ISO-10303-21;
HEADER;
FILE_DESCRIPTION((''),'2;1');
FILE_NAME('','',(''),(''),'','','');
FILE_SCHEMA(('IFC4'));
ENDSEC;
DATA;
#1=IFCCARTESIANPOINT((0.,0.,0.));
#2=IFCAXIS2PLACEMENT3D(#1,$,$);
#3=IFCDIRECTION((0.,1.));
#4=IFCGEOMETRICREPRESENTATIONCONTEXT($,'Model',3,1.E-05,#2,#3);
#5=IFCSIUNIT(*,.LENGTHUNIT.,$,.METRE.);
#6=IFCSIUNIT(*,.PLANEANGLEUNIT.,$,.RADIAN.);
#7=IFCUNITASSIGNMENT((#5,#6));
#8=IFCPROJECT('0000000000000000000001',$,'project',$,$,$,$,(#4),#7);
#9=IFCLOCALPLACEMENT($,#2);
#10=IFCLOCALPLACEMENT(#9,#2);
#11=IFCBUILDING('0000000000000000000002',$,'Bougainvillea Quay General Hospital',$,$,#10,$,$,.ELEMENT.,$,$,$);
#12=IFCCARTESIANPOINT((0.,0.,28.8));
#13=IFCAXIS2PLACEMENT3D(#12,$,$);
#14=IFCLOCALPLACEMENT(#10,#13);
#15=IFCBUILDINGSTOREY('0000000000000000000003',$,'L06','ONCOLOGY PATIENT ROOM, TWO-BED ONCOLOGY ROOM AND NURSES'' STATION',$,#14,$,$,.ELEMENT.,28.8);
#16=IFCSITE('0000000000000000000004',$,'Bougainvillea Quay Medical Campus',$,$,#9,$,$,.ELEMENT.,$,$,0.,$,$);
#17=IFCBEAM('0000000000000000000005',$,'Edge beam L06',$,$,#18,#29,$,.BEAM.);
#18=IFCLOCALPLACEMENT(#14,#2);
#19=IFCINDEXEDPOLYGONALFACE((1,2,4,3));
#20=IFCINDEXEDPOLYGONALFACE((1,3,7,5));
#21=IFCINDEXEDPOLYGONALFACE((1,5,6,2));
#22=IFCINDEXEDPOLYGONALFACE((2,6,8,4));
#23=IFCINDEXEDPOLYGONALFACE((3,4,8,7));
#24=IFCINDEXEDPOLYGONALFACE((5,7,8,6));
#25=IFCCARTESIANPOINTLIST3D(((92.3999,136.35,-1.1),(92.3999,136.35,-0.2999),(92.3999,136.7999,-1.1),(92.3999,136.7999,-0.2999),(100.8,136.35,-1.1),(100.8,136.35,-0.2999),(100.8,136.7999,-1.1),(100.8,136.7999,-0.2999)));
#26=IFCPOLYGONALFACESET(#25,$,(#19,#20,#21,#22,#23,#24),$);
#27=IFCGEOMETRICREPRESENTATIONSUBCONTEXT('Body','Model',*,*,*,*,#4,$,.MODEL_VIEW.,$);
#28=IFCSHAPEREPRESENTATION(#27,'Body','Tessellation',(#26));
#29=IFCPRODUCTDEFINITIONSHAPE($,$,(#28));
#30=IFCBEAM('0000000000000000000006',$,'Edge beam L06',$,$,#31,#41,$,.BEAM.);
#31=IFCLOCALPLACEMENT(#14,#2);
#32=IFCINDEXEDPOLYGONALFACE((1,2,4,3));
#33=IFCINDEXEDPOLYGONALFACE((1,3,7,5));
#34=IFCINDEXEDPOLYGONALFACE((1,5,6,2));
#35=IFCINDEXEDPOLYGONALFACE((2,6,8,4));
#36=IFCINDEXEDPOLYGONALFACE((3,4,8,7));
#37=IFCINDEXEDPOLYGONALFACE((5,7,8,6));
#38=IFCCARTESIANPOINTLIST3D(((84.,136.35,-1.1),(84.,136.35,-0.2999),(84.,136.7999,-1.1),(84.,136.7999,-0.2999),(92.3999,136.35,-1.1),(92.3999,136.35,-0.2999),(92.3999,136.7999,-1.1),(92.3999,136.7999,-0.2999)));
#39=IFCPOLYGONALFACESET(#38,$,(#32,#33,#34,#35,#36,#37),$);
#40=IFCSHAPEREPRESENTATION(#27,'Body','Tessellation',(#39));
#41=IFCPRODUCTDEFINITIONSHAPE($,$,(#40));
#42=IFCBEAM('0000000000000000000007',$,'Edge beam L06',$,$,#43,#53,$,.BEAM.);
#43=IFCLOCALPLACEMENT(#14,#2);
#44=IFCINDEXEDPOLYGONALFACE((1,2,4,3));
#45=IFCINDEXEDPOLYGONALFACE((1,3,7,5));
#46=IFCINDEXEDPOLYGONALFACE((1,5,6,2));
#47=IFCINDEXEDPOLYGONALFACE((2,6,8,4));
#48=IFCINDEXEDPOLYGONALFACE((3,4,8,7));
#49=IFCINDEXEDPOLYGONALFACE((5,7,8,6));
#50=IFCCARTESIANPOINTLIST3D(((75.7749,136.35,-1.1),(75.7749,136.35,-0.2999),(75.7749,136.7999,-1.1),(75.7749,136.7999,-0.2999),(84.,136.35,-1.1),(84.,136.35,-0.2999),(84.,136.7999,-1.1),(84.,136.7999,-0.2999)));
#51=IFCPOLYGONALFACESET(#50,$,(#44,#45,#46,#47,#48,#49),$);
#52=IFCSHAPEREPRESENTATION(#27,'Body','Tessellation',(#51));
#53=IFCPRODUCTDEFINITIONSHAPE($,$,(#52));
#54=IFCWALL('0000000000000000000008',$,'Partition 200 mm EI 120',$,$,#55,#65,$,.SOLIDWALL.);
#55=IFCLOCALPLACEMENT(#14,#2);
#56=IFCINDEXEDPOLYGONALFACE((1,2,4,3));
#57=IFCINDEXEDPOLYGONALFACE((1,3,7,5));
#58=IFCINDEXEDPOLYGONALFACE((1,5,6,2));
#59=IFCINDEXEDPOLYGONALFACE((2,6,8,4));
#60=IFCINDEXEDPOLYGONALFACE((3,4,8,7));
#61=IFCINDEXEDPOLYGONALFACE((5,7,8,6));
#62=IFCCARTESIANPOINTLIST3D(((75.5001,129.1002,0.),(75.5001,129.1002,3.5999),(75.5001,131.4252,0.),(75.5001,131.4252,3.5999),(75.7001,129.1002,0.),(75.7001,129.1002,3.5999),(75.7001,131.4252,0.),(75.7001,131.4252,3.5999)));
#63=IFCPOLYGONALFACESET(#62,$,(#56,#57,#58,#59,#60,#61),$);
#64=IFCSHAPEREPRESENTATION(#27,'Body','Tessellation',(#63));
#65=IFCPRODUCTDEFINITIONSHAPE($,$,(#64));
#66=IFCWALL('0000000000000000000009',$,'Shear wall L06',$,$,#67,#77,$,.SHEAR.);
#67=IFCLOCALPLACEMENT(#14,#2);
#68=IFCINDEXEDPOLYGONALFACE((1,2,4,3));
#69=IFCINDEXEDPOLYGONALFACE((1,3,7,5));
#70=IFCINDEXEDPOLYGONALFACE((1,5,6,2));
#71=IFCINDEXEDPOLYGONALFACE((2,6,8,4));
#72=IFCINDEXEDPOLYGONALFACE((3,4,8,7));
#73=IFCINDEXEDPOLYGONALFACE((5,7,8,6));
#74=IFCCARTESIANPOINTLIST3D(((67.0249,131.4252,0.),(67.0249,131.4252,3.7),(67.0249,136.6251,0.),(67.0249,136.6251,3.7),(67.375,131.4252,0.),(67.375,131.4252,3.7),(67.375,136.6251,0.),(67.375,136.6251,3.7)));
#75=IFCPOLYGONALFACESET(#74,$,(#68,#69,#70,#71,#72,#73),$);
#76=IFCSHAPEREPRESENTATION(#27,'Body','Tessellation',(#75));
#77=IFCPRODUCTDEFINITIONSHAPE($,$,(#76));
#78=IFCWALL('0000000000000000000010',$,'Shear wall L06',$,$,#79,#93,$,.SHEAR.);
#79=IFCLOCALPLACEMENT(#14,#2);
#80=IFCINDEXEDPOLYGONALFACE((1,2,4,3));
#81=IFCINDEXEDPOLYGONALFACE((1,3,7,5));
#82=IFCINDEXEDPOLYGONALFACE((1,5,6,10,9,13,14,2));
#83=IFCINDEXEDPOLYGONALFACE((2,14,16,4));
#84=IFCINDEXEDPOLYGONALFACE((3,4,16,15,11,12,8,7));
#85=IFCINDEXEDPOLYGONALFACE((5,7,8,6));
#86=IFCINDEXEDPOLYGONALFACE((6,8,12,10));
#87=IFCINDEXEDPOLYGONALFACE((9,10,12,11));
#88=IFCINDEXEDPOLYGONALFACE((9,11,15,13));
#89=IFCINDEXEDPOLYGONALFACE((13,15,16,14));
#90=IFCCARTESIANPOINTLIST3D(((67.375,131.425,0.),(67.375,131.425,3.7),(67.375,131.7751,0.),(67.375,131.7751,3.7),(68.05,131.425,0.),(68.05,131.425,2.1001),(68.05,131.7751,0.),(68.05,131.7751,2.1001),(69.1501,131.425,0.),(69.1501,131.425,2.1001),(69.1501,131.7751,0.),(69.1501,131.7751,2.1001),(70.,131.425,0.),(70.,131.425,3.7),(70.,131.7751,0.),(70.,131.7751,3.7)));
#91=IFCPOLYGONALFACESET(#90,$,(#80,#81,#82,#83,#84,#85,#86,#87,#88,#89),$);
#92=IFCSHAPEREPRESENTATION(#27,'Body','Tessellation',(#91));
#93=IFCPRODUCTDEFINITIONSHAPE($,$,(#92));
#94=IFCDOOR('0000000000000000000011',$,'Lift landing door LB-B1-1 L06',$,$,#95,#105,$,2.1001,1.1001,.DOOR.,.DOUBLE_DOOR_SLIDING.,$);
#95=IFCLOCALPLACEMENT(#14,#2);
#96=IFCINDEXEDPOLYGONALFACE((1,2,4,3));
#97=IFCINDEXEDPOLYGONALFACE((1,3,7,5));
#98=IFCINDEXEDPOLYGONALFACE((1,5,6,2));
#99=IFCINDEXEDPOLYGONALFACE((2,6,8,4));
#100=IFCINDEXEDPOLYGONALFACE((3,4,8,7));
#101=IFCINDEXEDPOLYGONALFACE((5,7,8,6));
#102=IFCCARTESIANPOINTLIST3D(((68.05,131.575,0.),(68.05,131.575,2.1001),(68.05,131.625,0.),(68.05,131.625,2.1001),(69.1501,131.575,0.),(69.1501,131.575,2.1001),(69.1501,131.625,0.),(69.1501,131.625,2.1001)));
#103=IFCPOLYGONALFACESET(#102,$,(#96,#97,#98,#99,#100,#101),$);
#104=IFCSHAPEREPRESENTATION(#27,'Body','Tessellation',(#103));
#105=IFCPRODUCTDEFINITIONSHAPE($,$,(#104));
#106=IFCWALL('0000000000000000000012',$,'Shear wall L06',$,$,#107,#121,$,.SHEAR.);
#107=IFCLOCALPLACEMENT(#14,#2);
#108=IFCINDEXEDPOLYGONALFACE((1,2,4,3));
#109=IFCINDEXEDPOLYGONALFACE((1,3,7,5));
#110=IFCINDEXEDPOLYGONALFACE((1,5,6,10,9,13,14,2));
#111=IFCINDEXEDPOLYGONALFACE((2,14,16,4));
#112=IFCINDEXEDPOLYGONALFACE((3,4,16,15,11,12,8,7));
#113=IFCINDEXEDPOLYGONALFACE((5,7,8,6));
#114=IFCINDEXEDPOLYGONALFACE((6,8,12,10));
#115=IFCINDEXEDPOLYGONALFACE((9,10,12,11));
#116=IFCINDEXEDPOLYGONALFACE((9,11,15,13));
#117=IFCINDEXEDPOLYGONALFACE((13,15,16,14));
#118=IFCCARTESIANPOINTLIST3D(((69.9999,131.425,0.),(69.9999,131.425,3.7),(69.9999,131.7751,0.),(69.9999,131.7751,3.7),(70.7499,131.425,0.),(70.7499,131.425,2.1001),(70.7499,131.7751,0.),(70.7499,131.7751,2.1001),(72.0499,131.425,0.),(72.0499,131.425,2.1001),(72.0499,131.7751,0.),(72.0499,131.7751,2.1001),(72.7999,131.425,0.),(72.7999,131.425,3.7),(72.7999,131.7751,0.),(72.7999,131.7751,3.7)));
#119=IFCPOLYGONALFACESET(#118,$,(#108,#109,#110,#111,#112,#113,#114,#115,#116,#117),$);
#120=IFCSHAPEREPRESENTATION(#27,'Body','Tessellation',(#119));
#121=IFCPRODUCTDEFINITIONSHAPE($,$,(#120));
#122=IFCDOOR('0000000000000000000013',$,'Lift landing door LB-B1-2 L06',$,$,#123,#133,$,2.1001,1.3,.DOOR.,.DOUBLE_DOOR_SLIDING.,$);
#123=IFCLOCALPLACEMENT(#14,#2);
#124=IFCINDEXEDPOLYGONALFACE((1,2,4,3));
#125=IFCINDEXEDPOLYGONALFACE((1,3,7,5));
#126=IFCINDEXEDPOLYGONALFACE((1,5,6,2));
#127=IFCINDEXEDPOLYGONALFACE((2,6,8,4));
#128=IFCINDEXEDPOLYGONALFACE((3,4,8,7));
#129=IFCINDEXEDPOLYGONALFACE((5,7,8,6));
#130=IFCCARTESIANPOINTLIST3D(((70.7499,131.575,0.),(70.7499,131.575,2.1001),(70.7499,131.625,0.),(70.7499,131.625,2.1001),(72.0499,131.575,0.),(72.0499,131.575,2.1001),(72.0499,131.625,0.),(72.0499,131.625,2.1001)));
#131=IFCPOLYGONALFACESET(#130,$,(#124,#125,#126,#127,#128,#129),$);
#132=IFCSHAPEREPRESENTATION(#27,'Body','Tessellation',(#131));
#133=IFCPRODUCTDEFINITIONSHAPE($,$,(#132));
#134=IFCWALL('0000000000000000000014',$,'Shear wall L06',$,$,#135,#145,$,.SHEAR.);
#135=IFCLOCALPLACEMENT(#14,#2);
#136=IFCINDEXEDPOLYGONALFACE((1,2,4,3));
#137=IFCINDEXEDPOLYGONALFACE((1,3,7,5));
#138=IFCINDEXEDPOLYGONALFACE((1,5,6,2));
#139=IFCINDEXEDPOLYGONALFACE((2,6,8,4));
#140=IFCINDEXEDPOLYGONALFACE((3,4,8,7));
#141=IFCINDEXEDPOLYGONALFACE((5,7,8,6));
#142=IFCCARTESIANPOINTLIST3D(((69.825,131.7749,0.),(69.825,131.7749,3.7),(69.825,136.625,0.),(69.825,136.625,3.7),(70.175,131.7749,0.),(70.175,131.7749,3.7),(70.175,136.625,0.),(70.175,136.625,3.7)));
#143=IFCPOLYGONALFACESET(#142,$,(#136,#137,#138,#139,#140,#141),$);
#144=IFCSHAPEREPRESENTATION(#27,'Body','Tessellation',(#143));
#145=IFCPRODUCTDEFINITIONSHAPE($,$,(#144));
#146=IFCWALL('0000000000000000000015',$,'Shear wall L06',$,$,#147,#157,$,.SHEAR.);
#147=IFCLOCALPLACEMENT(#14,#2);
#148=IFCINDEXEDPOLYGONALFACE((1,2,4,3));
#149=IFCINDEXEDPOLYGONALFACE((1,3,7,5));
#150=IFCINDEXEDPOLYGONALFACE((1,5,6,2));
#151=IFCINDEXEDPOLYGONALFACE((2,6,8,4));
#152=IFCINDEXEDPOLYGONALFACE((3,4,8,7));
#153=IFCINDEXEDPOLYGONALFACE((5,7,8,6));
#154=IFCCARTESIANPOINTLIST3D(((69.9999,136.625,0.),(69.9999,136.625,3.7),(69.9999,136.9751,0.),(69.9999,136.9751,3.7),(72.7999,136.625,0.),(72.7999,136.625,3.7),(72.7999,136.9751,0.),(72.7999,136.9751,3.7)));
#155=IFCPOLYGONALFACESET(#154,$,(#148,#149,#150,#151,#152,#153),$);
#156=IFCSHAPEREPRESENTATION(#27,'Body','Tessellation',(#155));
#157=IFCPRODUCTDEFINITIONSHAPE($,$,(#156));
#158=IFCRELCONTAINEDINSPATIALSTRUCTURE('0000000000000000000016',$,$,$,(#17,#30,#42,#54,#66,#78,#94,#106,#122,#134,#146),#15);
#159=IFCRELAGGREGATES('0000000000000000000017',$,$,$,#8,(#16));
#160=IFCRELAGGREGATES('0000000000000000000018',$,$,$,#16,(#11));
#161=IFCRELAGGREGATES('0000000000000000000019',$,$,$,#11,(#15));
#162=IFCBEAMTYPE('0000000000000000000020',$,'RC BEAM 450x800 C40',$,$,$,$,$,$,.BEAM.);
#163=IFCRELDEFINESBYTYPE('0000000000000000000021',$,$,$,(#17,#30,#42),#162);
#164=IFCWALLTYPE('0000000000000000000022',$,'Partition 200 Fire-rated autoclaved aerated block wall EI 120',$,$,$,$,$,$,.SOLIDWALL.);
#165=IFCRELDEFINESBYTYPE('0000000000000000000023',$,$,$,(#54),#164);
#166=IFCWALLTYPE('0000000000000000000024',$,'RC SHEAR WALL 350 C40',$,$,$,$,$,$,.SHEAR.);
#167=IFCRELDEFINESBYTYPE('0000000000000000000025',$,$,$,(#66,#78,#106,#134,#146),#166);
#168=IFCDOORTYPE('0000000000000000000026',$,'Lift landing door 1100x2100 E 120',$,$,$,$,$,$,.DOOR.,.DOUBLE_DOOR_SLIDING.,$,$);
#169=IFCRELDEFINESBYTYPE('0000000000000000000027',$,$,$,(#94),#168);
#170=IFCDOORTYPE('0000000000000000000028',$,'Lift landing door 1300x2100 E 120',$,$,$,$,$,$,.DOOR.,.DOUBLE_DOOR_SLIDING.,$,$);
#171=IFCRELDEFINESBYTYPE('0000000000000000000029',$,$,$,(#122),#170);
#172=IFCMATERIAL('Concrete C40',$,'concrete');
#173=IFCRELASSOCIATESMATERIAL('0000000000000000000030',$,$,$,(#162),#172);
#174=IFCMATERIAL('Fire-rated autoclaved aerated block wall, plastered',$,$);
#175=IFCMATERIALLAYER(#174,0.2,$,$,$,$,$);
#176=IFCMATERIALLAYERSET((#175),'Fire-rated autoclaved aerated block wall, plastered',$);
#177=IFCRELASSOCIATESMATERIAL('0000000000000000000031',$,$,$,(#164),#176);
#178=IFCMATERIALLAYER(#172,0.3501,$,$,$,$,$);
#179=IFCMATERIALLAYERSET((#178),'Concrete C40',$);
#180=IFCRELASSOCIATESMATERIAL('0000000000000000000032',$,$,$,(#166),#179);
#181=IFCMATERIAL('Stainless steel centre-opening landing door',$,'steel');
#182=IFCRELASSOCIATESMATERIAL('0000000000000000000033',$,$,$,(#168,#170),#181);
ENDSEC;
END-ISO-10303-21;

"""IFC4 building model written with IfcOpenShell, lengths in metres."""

from ifc_helpers import new_model, si_unit, direction, frame, frame_2d, origin, origin_2d, place, context, subcontext, project, spatial, rectangle, extrude, material, layer, layer_set, material_profile, profile_set, type_object, element, fill, save


model = new_model("IFC4")

# Units and contexts
model_context = context("Model", 3, precision=1e-05, world=origin(), true_north=direction((0.0, 1.0)))
body_context = subcontext(model_context, "Body", "Model", "MODEL_VIEW")
ifc_project = project(units=[si_unit("LENGTHUNIT", "METRE"), si_unit("PLANEANGLEUNIT", "RADIAN")], contexts=[model_context])

# Site, building, storey
site_placement = place(None, origin())
site = spatial("IfcSite", under=ifc_project, at=site_placement, Name="Bougainvillea Quay Medical Campus", CompositionType="ELEMENT", RefElevation=0.0)
building_placement = place(site_placement, origin())
building = spatial("IfcBuilding", under=site, at=building_placement, Name="Bougainvillea Quay General Hospital", CompositionType="ELEMENT")
storey_placement = place(building_placement, frame((0.0, 0.0, 28.8)))
storey = spatial("IfcBuildingStorey", under=building, at=storey_placement, Name="L06", Description="ONCOLOGY PATIENT ROOM, TWO-BED ONCOLOGY ROOM AND NURSES' STATION", CompositionType="ELEMENT", Elevation=28.8)

# Beams
ifc_material_1 = material(Name="Concrete C40", Category="concrete")
ifc_material_profile = material_profile(ifc_material_1, rectangle(XDim=0.45, YDim=0.8, at=origin_2d()))
ifc_profile_set = profile_set([ifc_material_profile], Name="Concrete C40")
beam_type = type_object("IfcBeamType", Name="RC BEAM 450x800 C40", PredefinedType="BEAM", material=ifc_profile_set)
beam_1_placement = place(storey_placement, frame((100.8, 136.575, -0.7), z_axis=(-1.0, 0.0, 0.0), x_axis=(0.0, -1.0, 0.0)))
element("IfcBeam", 1, at=beam_1_placement, inside=storey, type_object=beam_type, Name="Edge beam L06", PredefinedType="BEAM", context=body_context, shape_type="SweptSolid", body=[
    extrude(rectangle(XDim=0.45, YDim=0.8, at=origin_2d()), origin(), (0.0, 0.0, 1.0), 8.4001),
])
beam_2_placement = place(storey_placement, frame((92.3999, 136.575, -0.7), z_axis=(-1.0, 0.0, 0.0), x_axis=(0.0, -1.0, 0.0)))
element("IfcBeam", 2, at=beam_2_placement, inside=storey, type_object=beam_type, Name="Edge beam L06", PredefinedType="BEAM", context=body_context, shape_type="SweptSolid", body=[
    extrude(rectangle(XDim=0.45, YDim=0.8, at=origin_2d()), origin(), (0.0, 0.0, 1.0), 8.3999),
])
beam_3_placement = place(storey_placement, frame((84.0, 136.575, -0.7), z_axis=(-1.0, 0.0, 0.0), x_axis=(0.0, -1.0, 0.0)))
element("IfcBeam", 3, at=beam_3_placement, inside=storey, type_object=beam_type, Name="Edge beam L06", PredefinedType="BEAM", context=body_context, shape_type="SweptSolid", body=[
    extrude(rectangle(XDim=0.45, YDim=0.8, at=origin_2d()), origin(), (0.0, 0.0, 1.0), 8.2251),
])

# Walls
ifc_material_2 = material(Name="Fire-rated autoclaved aerated block wall, plastered")
ifc_layer_1 = layer(ifc_material_2, 0.2)
ifc_layer_set_1 = layer_set([ifc_layer_1], Name="Fire-rated autoclaved aerated block wall, plastered")
wall_type_1 = type_object("IfcWallType", Name="Partition 200 Fire-rated autoclaved aerated block wall EI 120", PredefinedType="SOLIDWALL", material=ifc_layer_set_1)
wall_1_placement = place(storey_placement, frame((75.6001, 129.1001, 0.0), z_axis=(0.0, 0.0, 1.0), x_axis=(0.0, 1.0, 0.0)))
element("IfcWall", 4, at=wall_1_placement, inside=storey, type_object=wall_type_1, Name="Partition 200 mm EI 120", PredefinedType="SOLIDWALL", context=body_context, shape_type="SweptSolid", body=[
    extrude(rectangle(XDim=2.325, YDim=0.2, at=frame_2d((1.1626, 0.0))), origin(), (0.0, 0.0, 1.0), 3.5999),
])
ifc_layer_2 = layer(ifc_material_1, 0.3501)
ifc_layer_set_2 = layer_set([ifc_layer_2], Name="Concrete C40")
wall_type_2 = type_object("IfcWallType", Name="RC SHEAR WALL 350 C40", PredefinedType="SHEAR", material=ifc_layer_set_2)
wall_2_placement = place(storey_placement, frame((67.2, 131.425, 0.0), z_axis=(0.0, 0.0, 1.0), x_axis=(0.0, 1.0, 0.0)))
element("IfcWall", 5, at=wall_2_placement, inside=storey, type_object=wall_type_2, Name="Shear wall L06", PredefinedType="SHEAR", context=body_context, shape_type="SweptSolid", body=[
    extrude(rectangle(XDim=5.2, YDim=0.3501, at=frame_2d((2.6001, 0.0))), origin(), (0.0, 0.0, 1.0), 3.7),
])

# Walls, openings, doors
wall_3_placement = place(storey_placement, frame((67.375, 131.6001, 0.0), z_axis=(0.0, 0.0, 1.0), x_axis=(1.0, 0.0, 0.0)))
wall_3 = element("IfcWall", 6, at=wall_3_placement, inside=storey, type_object=wall_type_2, Name="Shear wall L06", PredefinedType="SHEAR", context=body_context, shape_type="SweptSolid", body=[
    extrude(rectangle(XDim=2.625, YDim=0.3501, at=frame_2d((1.3125, 0.0))), origin(), (0.0, 0.0, 1.0), 3.7),
])
opening_1_placement = place(wall_3_placement, frame((0.675, 0.0, 0.0)))
opening_1 = element("IfcOpeningElement", 7, at=opening_1_placement, cuts=wall_3, PredefinedType="OPENING", context=body_context, shape_type="SweptSolid", body=[
    extrude(rectangle(XDim=1.1001, YDim=2.1001, at=frame_2d((0.55, 1.05))), frame((0.0, 0.1851, 0.0), z_axis=(0.0, -1.0, 0.0), x_axis=(1.0, 0.0, 0.0)), (0.0, 0.0, 1.0), 0.3701),
])
ifc_material_3 = material(Name="Stainless steel centre-opening landing door", Category="steel")
door_type_1 = type_object("IfcDoorType", Name="Lift landing door 1100x2100 E 120", OperationType="DOUBLE_DOOR_SLIDING", PredefinedType="DOOR", material=ifc_material_3)
door_1_placement = place(opening_1_placement, origin())
door_1 = element("IfcDoor", 8, at=door_1_placement, inside=storey, type_object=door_type_1, Name="Lift landing door LB-B1-1 L06", OperationType="DOUBLE_DOOR_SLIDING", OverallHeight=2.1001, OverallWidth=1.1001, PredefinedType="DOOR", context=body_context, shape_type="SweptSolid", body=[
    extrude(rectangle(XDim=1.1001, YDim=2.1001, at=frame_2d((0.55, 1.05))), frame((0.0, 0.0249, 0.0), z_axis=(0.0, -1.0, 0.0), x_axis=(1.0, 0.0, 0.0)), (0.0, 0.0, 1.0), 0.05),
])
fill(opening_1, door_1)
wall_4_placement = place(storey_placement, frame((70.0, 131.6001, 0.0), z_axis=(0.0, 0.0, 1.0), x_axis=(1.0, 0.0, 0.0)))
wall_4 = element("IfcWall", 9, at=wall_4_placement, inside=storey, type_object=wall_type_2, Name="Shear wall L06", PredefinedType="SHEAR", context=body_context, shape_type="SweptSolid", body=[
    extrude(rectangle(XDim=2.8, YDim=0.3501, at=frame_2d((1.3999, 0.0))), origin(), (0.0, 0.0, 1.0), 3.7),
])
opening_2_placement = place(wall_4_placement, frame((0.75, 0.0, 0.0)))
opening_2 = element("IfcOpeningElement", 10, at=opening_2_placement, cuts=wall_4, PredefinedType="OPENING", context=body_context, shape_type="SweptSolid", body=[
    extrude(rectangle(XDim=1.3, YDim=2.1001, at=frame_2d((0.6499, 1.05))), frame((0.0, 0.1851, 0.0), z_axis=(0.0, -1.0, 0.0), x_axis=(1.0, 0.0, 0.0)), (0.0, 0.0, 1.0), 0.3701),
])
door_type_2 = type_object("IfcDoorType", Name="Lift landing door 1300x2100 E 120", OperationType="DOUBLE_DOOR_SLIDING", PredefinedType="DOOR", material=ifc_material_3)
door_2_placement = place(opening_2_placement, origin())
door_2 = element("IfcDoor", 11, at=door_2_placement, inside=storey, type_object=door_type_2, Name="Lift landing door LB-B1-2 L06", OperationType="DOUBLE_DOOR_SLIDING", OverallHeight=2.1001, OverallWidth=1.3, PredefinedType="DOOR", context=body_context, shape_type="SweptSolid", body=[
    extrude(rectangle(XDim=1.3, YDim=2.1001, at=frame_2d((0.6499, 1.05))), frame((0.0, 0.0249, 0.0), z_axis=(0.0, -1.0, 0.0), x_axis=(1.0, 0.0, 0.0)), (0.0, 0.0, 1.0), 0.05),
])
fill(opening_2, door_2)

# Walls
wall_5_placement = place(storey_placement, frame((70.0, 131.7749, 0.0), z_axis=(0.0, 0.0, 1.0), x_axis=(0.0, 1.0, 0.0)))
element("IfcWall", 12, at=wall_5_placement, inside=storey, type_object=wall_type_2, Name="Shear wall L06", PredefinedType="SHEAR", context=body_context, shape_type="SweptSolid", body=[
    extrude(rectangle(XDim=4.8501, YDim=0.3501, at=frame_2d((2.425, 0.0))), origin(), (0.0, 0.0, 1.0), 3.7),
])
wall_6_placement = place(storey_placement, frame((70.0, 136.8, 0.0), z_axis=(0.0, 0.0, 1.0), x_axis=(1.0, 0.0, 0.0)))
element("IfcWall", 13, at=wall_6_placement, inside=storey, type_object=wall_type_2, Name="Shear wall L06", PredefinedType="SHEAR", context=body_context, shape_type="SweptSolid", body=[
    extrude(rectangle(XDim=2.8, YDim=0.3501, at=frame_2d((1.3999, 0.0))), origin(), (0.0, 0.0, 1.0), 3.7),
])

save(model, "model.ifc")
